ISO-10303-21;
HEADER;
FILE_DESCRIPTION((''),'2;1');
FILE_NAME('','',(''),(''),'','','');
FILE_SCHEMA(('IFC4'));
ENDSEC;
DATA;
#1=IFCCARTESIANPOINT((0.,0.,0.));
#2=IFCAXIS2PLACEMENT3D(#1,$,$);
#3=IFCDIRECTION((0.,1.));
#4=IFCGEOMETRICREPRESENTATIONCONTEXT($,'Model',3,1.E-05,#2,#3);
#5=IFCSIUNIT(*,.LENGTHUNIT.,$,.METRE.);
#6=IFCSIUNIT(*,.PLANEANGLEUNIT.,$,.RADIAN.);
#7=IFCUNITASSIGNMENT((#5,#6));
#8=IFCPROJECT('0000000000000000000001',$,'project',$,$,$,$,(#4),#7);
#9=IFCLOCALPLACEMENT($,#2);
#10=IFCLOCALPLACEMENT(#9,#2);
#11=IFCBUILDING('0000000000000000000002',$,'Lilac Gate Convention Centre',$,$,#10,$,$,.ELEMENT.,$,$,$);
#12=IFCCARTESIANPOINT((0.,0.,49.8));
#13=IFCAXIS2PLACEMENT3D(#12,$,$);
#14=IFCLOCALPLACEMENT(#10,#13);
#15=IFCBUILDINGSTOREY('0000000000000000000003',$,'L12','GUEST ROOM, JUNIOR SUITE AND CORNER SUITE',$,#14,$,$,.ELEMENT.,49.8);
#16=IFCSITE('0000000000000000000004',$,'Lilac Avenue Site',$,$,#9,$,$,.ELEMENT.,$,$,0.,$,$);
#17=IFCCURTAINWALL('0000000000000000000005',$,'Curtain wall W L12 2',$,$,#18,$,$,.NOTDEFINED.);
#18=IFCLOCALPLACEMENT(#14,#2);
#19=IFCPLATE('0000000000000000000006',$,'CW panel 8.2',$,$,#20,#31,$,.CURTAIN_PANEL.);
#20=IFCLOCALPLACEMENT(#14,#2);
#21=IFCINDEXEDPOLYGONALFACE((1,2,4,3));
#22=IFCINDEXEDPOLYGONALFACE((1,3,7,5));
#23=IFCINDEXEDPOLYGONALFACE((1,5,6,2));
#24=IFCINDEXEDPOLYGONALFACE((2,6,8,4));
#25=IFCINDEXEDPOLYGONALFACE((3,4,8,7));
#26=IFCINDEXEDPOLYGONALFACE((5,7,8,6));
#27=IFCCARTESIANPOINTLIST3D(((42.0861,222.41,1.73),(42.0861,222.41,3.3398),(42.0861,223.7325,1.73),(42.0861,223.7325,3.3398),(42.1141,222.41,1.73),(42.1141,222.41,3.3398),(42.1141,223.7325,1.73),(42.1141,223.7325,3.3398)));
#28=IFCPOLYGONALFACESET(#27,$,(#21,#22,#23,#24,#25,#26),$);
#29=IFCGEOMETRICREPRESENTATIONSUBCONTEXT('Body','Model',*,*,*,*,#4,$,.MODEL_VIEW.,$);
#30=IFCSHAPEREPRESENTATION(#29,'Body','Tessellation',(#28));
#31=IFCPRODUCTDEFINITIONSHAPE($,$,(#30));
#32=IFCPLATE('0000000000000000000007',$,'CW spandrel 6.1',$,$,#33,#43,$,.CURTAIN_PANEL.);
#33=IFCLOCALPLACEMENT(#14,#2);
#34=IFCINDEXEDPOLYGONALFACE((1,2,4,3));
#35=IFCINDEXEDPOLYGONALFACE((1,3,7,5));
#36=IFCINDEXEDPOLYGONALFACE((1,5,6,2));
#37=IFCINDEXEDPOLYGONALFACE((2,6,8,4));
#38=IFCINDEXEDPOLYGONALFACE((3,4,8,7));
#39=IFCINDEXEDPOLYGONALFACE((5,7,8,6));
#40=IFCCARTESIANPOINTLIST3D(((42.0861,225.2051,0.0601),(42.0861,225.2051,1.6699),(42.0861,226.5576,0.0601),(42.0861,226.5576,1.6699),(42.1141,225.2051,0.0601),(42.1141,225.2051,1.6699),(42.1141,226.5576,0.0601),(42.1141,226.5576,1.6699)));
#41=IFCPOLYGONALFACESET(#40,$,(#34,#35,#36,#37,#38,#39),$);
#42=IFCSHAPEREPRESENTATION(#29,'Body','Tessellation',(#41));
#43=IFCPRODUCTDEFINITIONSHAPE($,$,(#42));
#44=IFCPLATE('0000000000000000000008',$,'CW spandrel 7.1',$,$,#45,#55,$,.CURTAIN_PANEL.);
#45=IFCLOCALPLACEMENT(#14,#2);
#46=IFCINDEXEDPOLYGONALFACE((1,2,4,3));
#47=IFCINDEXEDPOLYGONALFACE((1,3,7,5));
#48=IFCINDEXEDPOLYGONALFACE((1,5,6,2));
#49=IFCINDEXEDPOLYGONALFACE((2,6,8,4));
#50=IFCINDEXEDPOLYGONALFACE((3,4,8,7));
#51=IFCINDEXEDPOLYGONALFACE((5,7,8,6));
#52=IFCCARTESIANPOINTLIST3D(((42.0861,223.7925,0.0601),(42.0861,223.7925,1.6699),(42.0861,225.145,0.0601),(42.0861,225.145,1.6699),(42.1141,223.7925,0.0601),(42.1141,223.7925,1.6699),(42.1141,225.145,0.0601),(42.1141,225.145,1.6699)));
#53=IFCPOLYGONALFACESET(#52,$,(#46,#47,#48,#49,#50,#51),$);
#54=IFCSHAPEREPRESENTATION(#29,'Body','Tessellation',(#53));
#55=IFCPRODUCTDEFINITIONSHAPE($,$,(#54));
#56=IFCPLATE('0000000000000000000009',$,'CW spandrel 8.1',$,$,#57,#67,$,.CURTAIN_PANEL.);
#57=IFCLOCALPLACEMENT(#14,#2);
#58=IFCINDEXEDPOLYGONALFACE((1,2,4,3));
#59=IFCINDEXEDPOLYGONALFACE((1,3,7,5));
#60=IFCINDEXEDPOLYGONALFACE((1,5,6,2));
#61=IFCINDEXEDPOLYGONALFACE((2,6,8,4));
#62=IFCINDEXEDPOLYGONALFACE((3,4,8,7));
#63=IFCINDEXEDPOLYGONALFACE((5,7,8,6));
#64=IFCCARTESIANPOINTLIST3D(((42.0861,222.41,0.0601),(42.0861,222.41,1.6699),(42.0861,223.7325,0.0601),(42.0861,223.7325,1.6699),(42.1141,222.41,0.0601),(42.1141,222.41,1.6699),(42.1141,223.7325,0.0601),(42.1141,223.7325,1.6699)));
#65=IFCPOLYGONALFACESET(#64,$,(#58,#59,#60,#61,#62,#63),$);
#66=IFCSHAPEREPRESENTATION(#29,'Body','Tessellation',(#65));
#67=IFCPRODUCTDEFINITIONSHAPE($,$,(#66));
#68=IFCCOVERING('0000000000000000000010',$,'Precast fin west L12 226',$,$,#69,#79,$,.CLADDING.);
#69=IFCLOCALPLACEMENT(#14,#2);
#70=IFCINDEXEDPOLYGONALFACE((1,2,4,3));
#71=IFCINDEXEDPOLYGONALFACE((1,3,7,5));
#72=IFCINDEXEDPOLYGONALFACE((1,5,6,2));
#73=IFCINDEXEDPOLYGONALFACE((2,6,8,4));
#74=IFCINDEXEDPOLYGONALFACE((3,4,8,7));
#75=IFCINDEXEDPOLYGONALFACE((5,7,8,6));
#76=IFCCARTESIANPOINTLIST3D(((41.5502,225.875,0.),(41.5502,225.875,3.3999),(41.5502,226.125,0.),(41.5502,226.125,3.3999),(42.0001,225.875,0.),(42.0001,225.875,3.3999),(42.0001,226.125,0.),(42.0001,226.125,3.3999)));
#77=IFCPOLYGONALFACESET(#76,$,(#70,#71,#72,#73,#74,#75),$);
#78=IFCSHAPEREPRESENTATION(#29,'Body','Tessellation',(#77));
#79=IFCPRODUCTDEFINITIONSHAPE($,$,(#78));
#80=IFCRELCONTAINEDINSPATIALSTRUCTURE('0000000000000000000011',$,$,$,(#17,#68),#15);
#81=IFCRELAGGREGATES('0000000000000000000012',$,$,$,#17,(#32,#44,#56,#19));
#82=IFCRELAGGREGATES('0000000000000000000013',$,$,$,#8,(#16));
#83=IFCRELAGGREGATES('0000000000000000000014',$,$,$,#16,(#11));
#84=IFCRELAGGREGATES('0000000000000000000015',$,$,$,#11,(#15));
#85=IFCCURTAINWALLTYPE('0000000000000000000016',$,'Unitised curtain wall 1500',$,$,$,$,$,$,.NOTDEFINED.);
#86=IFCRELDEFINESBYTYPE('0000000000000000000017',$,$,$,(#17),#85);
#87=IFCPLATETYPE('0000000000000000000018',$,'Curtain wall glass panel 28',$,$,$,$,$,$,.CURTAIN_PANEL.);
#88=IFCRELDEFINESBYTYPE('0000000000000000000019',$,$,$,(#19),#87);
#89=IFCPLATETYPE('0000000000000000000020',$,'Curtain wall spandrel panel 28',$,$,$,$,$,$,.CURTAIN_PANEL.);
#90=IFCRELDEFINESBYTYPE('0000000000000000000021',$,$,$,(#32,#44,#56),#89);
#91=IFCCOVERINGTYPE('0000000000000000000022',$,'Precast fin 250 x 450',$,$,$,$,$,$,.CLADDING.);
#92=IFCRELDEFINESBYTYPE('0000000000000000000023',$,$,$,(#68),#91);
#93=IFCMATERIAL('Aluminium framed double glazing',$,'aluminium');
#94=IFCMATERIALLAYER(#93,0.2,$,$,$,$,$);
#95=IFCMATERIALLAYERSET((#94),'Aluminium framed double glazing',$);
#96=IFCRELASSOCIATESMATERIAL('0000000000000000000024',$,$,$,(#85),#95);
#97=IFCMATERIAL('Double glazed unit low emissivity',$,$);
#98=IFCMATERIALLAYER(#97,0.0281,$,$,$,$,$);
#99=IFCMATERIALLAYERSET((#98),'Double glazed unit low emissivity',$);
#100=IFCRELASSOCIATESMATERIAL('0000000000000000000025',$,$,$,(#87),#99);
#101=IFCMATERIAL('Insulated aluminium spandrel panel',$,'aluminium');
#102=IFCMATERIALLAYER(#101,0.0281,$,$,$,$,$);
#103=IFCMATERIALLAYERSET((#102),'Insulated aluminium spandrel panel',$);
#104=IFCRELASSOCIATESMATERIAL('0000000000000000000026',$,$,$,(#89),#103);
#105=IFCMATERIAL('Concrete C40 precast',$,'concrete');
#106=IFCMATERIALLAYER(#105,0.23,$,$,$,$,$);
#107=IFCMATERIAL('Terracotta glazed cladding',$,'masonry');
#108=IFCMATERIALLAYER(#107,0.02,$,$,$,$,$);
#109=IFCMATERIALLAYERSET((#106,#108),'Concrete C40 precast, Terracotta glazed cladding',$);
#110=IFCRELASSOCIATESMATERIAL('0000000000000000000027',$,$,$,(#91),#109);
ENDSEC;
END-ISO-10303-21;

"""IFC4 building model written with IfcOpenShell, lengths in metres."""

from ifc_helpers import new_model, si_unit, direction, frame, frame_2d, origin, origin_2d, place, context, subcontext, project, spatial, rectangle, extrude, material, layer, layer_set, type_object, element, aggregate, save


model = new_model("IFC4")

# Units and contexts
model_context = context("Model", 3, precision=1e-05, world=origin(), true_north=direction((0.0, 1.0)))
body_context = subcontext(model_context, "Body", "Model", "MODEL_VIEW")
ifc_project = project(units=[si_unit("LENGTHUNIT", "METRE"), si_unit("PLANEANGLEUNIT", "RADIAN")], contexts=[model_context])

# Site, building, storey
site_placement = place(None, origin())
site = spatial("IfcSite", under=ifc_project, at=site_placement, Name="Lilac Avenue Site", CompositionType="ELEMENT", RefElevation=0.0)
building_placement = place(site_placement, origin())
building = spatial("IfcBuilding", under=site, at=building_placement, Name="Lilac Gate Convention Centre", CompositionType="ELEMENT")
storey_placement = place(building_placement, frame((0.0, 0.0, 49.8)))
storey = spatial("IfcBuildingStorey", under=building, at=storey_placement, Name="L12", Description="GUEST ROOM, JUNIOR SUITE AND CORNER SUITE", CompositionType="ELEMENT", Elevation=49.8)

# Curtain wall, plates
ifc_material_1 = material(Name="Aluminium framed double glazing", Category="aluminium")
ifc_layer_1 = layer(ifc_material_1, 0.2)
ifc_layer_set_1 = layer_set([ifc_layer_1], Name="Aluminium framed double glazing")
curtain_wall_type = type_object("IfcCurtainWallType", Name="Unitised curtain wall 1500", PredefinedType="NOTDEFINED", material=ifc_layer_set_1)
curtain_wall_placement = place(storey_placement, origin())
curtain_wall = element("IfcCurtainWall", 1, at=curtain_wall_placement, inside=storey, type_object=curtain_wall_type, Name="Curtain wall W L12 2", PredefinedType="NOTDEFINED")
ifc_material_2 = material(Name="Double glazed unit low emissivity")
ifc_layer_2 = layer(ifc_material_2, 0.0281)
ifc_layer_set_2 = layer_set([ifc_layer_2], Name="Double glazed unit low emissivity")
plate_type_1 = type_object("IfcPlateType", Name="Curtain wall glass panel 28", PredefinedType="CURTAIN_PANEL", material=ifc_layer_set_2)
plate_1_placement = place(storey_placement, frame((42.1001, 223.0713, 1.73), z_axis=(0.0, 0.0, 1.0), x_axis=(0.0, -1.0, 0.0)))
plate_1 = element("IfcPlate", 2, at=plate_1_placement, type_object=plate_type_1, Name="CW panel 8.2", PredefinedType="CURTAIN_PANEL", context=body_context, shape_type="SweptSolid", body=[
    extrude(rectangle(XDim=1.3225, YDim=0.0281, at=origin_2d()), origin(), (0.0, 0.0, 1.0), 1.6099),
])
ifc_material_3 = material(Name="Insulated aluminium spandrel panel", Category="aluminium")
ifc_layer_3 = layer(ifc_material_3, 0.0281)
ifc_layer_set_3 = layer_set([ifc_layer_3], Name="Insulated aluminium spandrel panel")
plate_type_2 = type_object("IfcPlateType", Name="Curtain wall spandrel panel 28", PredefinedType="CURTAIN_PANEL", material=ifc_layer_set_3)
plate_2_placement = place(storey_placement, frame((42.1001, 225.8813, 0.0601), z_axis=(0.0, 0.0, 1.0), x_axis=(0.0, -1.0, 0.0)))
plate_2 = element("IfcPlate", 3, at=plate_2_placement, type_object=plate_type_2, Name="CW spandrel 6.1", PredefinedType="CURTAIN_PANEL", context=body_context, shape_type="SweptSolid", body=[
    extrude(rectangle(XDim=1.3525, YDim=0.0281, at=origin_2d()), origin(), (0.0, 0.0, 1.0), 1.6099),
])
plate_3_placement = place(storey_placement, frame((42.1001, 224.4688, 0.0601), z_axis=(0.0, 0.0, 1.0), x_axis=(0.0, -1.0, 0.0)))
plate_3 = element("IfcPlate", 4, at=plate_3_placement, type_object=plate_type_2, Name="CW spandrel 7.1", PredefinedType="CURTAIN_PANEL", context=body_context, shape_type="SweptSolid", body=[
    extrude(rectangle(XDim=1.3525, YDim=0.0281, at=origin_2d()), origin(), (0.0, 0.0, 1.0), 1.6099),
])
plate_4_placement = place(storey_placement, frame((42.1001, 223.0713, 0.0601), z_axis=(0.0, 0.0, 1.0), x_axis=(0.0, -1.0, 0.0)))
plate_4 = element("IfcPlate", 5, at=plate_4_placement, type_object=plate_type_2, Name="CW spandrel 8.1", PredefinedType="CURTAIN_PANEL", context=body_context, shape_type="SweptSolid", body=[
    extrude(rectangle(XDim=1.3225, YDim=0.0281, at=origin_2d()), origin(), (0.0, 0.0, 1.0), 1.6099),
])
aggregate(curtain_wall, [plate_2, plate_3, plate_4, plate_1])

# Covering
ifc_material_4 = material(Name="Concrete C40 precast", Category="concrete")
ifc_layer_4 = layer(ifc_material_4, 0.23)
ifc_material_5 = material(Name="Terracotta glazed cladding", Category="masonry")
ifc_layer_5 = layer(ifc_material_5, 0.02)
ifc_layer_set_4 = layer_set([ifc_layer_4, ifc_layer_5], Name="Concrete C40 precast, Terracotta glazed cladding")
covering_type = type_object("IfcCoveringType", Name="Precast fin 250 x 450", PredefinedType="CLADDING", material=ifc_layer_set_4)
covering_placement = place(storey_placement, frame((41.55, 226.0, 0.0), z_axis=(0.0, 0.0, 1.0), x_axis=(1.0, 0.0, 0.0)))
element("IfcCovering", 6, at=covering_placement, inside=storey, type_object=covering_type, Name="Precast fin west L12 226", PredefinedType="CLADDING", context=body_context, shape_type="SweptSolid", body=[
    extrude(rectangle(XDim=0.45, YDim=0.25, at=frame_2d((0.2251, 0.0))), origin(), (0.0, 0.0, 1.0), 3.3999),
])

save(model, "model.ifc")
